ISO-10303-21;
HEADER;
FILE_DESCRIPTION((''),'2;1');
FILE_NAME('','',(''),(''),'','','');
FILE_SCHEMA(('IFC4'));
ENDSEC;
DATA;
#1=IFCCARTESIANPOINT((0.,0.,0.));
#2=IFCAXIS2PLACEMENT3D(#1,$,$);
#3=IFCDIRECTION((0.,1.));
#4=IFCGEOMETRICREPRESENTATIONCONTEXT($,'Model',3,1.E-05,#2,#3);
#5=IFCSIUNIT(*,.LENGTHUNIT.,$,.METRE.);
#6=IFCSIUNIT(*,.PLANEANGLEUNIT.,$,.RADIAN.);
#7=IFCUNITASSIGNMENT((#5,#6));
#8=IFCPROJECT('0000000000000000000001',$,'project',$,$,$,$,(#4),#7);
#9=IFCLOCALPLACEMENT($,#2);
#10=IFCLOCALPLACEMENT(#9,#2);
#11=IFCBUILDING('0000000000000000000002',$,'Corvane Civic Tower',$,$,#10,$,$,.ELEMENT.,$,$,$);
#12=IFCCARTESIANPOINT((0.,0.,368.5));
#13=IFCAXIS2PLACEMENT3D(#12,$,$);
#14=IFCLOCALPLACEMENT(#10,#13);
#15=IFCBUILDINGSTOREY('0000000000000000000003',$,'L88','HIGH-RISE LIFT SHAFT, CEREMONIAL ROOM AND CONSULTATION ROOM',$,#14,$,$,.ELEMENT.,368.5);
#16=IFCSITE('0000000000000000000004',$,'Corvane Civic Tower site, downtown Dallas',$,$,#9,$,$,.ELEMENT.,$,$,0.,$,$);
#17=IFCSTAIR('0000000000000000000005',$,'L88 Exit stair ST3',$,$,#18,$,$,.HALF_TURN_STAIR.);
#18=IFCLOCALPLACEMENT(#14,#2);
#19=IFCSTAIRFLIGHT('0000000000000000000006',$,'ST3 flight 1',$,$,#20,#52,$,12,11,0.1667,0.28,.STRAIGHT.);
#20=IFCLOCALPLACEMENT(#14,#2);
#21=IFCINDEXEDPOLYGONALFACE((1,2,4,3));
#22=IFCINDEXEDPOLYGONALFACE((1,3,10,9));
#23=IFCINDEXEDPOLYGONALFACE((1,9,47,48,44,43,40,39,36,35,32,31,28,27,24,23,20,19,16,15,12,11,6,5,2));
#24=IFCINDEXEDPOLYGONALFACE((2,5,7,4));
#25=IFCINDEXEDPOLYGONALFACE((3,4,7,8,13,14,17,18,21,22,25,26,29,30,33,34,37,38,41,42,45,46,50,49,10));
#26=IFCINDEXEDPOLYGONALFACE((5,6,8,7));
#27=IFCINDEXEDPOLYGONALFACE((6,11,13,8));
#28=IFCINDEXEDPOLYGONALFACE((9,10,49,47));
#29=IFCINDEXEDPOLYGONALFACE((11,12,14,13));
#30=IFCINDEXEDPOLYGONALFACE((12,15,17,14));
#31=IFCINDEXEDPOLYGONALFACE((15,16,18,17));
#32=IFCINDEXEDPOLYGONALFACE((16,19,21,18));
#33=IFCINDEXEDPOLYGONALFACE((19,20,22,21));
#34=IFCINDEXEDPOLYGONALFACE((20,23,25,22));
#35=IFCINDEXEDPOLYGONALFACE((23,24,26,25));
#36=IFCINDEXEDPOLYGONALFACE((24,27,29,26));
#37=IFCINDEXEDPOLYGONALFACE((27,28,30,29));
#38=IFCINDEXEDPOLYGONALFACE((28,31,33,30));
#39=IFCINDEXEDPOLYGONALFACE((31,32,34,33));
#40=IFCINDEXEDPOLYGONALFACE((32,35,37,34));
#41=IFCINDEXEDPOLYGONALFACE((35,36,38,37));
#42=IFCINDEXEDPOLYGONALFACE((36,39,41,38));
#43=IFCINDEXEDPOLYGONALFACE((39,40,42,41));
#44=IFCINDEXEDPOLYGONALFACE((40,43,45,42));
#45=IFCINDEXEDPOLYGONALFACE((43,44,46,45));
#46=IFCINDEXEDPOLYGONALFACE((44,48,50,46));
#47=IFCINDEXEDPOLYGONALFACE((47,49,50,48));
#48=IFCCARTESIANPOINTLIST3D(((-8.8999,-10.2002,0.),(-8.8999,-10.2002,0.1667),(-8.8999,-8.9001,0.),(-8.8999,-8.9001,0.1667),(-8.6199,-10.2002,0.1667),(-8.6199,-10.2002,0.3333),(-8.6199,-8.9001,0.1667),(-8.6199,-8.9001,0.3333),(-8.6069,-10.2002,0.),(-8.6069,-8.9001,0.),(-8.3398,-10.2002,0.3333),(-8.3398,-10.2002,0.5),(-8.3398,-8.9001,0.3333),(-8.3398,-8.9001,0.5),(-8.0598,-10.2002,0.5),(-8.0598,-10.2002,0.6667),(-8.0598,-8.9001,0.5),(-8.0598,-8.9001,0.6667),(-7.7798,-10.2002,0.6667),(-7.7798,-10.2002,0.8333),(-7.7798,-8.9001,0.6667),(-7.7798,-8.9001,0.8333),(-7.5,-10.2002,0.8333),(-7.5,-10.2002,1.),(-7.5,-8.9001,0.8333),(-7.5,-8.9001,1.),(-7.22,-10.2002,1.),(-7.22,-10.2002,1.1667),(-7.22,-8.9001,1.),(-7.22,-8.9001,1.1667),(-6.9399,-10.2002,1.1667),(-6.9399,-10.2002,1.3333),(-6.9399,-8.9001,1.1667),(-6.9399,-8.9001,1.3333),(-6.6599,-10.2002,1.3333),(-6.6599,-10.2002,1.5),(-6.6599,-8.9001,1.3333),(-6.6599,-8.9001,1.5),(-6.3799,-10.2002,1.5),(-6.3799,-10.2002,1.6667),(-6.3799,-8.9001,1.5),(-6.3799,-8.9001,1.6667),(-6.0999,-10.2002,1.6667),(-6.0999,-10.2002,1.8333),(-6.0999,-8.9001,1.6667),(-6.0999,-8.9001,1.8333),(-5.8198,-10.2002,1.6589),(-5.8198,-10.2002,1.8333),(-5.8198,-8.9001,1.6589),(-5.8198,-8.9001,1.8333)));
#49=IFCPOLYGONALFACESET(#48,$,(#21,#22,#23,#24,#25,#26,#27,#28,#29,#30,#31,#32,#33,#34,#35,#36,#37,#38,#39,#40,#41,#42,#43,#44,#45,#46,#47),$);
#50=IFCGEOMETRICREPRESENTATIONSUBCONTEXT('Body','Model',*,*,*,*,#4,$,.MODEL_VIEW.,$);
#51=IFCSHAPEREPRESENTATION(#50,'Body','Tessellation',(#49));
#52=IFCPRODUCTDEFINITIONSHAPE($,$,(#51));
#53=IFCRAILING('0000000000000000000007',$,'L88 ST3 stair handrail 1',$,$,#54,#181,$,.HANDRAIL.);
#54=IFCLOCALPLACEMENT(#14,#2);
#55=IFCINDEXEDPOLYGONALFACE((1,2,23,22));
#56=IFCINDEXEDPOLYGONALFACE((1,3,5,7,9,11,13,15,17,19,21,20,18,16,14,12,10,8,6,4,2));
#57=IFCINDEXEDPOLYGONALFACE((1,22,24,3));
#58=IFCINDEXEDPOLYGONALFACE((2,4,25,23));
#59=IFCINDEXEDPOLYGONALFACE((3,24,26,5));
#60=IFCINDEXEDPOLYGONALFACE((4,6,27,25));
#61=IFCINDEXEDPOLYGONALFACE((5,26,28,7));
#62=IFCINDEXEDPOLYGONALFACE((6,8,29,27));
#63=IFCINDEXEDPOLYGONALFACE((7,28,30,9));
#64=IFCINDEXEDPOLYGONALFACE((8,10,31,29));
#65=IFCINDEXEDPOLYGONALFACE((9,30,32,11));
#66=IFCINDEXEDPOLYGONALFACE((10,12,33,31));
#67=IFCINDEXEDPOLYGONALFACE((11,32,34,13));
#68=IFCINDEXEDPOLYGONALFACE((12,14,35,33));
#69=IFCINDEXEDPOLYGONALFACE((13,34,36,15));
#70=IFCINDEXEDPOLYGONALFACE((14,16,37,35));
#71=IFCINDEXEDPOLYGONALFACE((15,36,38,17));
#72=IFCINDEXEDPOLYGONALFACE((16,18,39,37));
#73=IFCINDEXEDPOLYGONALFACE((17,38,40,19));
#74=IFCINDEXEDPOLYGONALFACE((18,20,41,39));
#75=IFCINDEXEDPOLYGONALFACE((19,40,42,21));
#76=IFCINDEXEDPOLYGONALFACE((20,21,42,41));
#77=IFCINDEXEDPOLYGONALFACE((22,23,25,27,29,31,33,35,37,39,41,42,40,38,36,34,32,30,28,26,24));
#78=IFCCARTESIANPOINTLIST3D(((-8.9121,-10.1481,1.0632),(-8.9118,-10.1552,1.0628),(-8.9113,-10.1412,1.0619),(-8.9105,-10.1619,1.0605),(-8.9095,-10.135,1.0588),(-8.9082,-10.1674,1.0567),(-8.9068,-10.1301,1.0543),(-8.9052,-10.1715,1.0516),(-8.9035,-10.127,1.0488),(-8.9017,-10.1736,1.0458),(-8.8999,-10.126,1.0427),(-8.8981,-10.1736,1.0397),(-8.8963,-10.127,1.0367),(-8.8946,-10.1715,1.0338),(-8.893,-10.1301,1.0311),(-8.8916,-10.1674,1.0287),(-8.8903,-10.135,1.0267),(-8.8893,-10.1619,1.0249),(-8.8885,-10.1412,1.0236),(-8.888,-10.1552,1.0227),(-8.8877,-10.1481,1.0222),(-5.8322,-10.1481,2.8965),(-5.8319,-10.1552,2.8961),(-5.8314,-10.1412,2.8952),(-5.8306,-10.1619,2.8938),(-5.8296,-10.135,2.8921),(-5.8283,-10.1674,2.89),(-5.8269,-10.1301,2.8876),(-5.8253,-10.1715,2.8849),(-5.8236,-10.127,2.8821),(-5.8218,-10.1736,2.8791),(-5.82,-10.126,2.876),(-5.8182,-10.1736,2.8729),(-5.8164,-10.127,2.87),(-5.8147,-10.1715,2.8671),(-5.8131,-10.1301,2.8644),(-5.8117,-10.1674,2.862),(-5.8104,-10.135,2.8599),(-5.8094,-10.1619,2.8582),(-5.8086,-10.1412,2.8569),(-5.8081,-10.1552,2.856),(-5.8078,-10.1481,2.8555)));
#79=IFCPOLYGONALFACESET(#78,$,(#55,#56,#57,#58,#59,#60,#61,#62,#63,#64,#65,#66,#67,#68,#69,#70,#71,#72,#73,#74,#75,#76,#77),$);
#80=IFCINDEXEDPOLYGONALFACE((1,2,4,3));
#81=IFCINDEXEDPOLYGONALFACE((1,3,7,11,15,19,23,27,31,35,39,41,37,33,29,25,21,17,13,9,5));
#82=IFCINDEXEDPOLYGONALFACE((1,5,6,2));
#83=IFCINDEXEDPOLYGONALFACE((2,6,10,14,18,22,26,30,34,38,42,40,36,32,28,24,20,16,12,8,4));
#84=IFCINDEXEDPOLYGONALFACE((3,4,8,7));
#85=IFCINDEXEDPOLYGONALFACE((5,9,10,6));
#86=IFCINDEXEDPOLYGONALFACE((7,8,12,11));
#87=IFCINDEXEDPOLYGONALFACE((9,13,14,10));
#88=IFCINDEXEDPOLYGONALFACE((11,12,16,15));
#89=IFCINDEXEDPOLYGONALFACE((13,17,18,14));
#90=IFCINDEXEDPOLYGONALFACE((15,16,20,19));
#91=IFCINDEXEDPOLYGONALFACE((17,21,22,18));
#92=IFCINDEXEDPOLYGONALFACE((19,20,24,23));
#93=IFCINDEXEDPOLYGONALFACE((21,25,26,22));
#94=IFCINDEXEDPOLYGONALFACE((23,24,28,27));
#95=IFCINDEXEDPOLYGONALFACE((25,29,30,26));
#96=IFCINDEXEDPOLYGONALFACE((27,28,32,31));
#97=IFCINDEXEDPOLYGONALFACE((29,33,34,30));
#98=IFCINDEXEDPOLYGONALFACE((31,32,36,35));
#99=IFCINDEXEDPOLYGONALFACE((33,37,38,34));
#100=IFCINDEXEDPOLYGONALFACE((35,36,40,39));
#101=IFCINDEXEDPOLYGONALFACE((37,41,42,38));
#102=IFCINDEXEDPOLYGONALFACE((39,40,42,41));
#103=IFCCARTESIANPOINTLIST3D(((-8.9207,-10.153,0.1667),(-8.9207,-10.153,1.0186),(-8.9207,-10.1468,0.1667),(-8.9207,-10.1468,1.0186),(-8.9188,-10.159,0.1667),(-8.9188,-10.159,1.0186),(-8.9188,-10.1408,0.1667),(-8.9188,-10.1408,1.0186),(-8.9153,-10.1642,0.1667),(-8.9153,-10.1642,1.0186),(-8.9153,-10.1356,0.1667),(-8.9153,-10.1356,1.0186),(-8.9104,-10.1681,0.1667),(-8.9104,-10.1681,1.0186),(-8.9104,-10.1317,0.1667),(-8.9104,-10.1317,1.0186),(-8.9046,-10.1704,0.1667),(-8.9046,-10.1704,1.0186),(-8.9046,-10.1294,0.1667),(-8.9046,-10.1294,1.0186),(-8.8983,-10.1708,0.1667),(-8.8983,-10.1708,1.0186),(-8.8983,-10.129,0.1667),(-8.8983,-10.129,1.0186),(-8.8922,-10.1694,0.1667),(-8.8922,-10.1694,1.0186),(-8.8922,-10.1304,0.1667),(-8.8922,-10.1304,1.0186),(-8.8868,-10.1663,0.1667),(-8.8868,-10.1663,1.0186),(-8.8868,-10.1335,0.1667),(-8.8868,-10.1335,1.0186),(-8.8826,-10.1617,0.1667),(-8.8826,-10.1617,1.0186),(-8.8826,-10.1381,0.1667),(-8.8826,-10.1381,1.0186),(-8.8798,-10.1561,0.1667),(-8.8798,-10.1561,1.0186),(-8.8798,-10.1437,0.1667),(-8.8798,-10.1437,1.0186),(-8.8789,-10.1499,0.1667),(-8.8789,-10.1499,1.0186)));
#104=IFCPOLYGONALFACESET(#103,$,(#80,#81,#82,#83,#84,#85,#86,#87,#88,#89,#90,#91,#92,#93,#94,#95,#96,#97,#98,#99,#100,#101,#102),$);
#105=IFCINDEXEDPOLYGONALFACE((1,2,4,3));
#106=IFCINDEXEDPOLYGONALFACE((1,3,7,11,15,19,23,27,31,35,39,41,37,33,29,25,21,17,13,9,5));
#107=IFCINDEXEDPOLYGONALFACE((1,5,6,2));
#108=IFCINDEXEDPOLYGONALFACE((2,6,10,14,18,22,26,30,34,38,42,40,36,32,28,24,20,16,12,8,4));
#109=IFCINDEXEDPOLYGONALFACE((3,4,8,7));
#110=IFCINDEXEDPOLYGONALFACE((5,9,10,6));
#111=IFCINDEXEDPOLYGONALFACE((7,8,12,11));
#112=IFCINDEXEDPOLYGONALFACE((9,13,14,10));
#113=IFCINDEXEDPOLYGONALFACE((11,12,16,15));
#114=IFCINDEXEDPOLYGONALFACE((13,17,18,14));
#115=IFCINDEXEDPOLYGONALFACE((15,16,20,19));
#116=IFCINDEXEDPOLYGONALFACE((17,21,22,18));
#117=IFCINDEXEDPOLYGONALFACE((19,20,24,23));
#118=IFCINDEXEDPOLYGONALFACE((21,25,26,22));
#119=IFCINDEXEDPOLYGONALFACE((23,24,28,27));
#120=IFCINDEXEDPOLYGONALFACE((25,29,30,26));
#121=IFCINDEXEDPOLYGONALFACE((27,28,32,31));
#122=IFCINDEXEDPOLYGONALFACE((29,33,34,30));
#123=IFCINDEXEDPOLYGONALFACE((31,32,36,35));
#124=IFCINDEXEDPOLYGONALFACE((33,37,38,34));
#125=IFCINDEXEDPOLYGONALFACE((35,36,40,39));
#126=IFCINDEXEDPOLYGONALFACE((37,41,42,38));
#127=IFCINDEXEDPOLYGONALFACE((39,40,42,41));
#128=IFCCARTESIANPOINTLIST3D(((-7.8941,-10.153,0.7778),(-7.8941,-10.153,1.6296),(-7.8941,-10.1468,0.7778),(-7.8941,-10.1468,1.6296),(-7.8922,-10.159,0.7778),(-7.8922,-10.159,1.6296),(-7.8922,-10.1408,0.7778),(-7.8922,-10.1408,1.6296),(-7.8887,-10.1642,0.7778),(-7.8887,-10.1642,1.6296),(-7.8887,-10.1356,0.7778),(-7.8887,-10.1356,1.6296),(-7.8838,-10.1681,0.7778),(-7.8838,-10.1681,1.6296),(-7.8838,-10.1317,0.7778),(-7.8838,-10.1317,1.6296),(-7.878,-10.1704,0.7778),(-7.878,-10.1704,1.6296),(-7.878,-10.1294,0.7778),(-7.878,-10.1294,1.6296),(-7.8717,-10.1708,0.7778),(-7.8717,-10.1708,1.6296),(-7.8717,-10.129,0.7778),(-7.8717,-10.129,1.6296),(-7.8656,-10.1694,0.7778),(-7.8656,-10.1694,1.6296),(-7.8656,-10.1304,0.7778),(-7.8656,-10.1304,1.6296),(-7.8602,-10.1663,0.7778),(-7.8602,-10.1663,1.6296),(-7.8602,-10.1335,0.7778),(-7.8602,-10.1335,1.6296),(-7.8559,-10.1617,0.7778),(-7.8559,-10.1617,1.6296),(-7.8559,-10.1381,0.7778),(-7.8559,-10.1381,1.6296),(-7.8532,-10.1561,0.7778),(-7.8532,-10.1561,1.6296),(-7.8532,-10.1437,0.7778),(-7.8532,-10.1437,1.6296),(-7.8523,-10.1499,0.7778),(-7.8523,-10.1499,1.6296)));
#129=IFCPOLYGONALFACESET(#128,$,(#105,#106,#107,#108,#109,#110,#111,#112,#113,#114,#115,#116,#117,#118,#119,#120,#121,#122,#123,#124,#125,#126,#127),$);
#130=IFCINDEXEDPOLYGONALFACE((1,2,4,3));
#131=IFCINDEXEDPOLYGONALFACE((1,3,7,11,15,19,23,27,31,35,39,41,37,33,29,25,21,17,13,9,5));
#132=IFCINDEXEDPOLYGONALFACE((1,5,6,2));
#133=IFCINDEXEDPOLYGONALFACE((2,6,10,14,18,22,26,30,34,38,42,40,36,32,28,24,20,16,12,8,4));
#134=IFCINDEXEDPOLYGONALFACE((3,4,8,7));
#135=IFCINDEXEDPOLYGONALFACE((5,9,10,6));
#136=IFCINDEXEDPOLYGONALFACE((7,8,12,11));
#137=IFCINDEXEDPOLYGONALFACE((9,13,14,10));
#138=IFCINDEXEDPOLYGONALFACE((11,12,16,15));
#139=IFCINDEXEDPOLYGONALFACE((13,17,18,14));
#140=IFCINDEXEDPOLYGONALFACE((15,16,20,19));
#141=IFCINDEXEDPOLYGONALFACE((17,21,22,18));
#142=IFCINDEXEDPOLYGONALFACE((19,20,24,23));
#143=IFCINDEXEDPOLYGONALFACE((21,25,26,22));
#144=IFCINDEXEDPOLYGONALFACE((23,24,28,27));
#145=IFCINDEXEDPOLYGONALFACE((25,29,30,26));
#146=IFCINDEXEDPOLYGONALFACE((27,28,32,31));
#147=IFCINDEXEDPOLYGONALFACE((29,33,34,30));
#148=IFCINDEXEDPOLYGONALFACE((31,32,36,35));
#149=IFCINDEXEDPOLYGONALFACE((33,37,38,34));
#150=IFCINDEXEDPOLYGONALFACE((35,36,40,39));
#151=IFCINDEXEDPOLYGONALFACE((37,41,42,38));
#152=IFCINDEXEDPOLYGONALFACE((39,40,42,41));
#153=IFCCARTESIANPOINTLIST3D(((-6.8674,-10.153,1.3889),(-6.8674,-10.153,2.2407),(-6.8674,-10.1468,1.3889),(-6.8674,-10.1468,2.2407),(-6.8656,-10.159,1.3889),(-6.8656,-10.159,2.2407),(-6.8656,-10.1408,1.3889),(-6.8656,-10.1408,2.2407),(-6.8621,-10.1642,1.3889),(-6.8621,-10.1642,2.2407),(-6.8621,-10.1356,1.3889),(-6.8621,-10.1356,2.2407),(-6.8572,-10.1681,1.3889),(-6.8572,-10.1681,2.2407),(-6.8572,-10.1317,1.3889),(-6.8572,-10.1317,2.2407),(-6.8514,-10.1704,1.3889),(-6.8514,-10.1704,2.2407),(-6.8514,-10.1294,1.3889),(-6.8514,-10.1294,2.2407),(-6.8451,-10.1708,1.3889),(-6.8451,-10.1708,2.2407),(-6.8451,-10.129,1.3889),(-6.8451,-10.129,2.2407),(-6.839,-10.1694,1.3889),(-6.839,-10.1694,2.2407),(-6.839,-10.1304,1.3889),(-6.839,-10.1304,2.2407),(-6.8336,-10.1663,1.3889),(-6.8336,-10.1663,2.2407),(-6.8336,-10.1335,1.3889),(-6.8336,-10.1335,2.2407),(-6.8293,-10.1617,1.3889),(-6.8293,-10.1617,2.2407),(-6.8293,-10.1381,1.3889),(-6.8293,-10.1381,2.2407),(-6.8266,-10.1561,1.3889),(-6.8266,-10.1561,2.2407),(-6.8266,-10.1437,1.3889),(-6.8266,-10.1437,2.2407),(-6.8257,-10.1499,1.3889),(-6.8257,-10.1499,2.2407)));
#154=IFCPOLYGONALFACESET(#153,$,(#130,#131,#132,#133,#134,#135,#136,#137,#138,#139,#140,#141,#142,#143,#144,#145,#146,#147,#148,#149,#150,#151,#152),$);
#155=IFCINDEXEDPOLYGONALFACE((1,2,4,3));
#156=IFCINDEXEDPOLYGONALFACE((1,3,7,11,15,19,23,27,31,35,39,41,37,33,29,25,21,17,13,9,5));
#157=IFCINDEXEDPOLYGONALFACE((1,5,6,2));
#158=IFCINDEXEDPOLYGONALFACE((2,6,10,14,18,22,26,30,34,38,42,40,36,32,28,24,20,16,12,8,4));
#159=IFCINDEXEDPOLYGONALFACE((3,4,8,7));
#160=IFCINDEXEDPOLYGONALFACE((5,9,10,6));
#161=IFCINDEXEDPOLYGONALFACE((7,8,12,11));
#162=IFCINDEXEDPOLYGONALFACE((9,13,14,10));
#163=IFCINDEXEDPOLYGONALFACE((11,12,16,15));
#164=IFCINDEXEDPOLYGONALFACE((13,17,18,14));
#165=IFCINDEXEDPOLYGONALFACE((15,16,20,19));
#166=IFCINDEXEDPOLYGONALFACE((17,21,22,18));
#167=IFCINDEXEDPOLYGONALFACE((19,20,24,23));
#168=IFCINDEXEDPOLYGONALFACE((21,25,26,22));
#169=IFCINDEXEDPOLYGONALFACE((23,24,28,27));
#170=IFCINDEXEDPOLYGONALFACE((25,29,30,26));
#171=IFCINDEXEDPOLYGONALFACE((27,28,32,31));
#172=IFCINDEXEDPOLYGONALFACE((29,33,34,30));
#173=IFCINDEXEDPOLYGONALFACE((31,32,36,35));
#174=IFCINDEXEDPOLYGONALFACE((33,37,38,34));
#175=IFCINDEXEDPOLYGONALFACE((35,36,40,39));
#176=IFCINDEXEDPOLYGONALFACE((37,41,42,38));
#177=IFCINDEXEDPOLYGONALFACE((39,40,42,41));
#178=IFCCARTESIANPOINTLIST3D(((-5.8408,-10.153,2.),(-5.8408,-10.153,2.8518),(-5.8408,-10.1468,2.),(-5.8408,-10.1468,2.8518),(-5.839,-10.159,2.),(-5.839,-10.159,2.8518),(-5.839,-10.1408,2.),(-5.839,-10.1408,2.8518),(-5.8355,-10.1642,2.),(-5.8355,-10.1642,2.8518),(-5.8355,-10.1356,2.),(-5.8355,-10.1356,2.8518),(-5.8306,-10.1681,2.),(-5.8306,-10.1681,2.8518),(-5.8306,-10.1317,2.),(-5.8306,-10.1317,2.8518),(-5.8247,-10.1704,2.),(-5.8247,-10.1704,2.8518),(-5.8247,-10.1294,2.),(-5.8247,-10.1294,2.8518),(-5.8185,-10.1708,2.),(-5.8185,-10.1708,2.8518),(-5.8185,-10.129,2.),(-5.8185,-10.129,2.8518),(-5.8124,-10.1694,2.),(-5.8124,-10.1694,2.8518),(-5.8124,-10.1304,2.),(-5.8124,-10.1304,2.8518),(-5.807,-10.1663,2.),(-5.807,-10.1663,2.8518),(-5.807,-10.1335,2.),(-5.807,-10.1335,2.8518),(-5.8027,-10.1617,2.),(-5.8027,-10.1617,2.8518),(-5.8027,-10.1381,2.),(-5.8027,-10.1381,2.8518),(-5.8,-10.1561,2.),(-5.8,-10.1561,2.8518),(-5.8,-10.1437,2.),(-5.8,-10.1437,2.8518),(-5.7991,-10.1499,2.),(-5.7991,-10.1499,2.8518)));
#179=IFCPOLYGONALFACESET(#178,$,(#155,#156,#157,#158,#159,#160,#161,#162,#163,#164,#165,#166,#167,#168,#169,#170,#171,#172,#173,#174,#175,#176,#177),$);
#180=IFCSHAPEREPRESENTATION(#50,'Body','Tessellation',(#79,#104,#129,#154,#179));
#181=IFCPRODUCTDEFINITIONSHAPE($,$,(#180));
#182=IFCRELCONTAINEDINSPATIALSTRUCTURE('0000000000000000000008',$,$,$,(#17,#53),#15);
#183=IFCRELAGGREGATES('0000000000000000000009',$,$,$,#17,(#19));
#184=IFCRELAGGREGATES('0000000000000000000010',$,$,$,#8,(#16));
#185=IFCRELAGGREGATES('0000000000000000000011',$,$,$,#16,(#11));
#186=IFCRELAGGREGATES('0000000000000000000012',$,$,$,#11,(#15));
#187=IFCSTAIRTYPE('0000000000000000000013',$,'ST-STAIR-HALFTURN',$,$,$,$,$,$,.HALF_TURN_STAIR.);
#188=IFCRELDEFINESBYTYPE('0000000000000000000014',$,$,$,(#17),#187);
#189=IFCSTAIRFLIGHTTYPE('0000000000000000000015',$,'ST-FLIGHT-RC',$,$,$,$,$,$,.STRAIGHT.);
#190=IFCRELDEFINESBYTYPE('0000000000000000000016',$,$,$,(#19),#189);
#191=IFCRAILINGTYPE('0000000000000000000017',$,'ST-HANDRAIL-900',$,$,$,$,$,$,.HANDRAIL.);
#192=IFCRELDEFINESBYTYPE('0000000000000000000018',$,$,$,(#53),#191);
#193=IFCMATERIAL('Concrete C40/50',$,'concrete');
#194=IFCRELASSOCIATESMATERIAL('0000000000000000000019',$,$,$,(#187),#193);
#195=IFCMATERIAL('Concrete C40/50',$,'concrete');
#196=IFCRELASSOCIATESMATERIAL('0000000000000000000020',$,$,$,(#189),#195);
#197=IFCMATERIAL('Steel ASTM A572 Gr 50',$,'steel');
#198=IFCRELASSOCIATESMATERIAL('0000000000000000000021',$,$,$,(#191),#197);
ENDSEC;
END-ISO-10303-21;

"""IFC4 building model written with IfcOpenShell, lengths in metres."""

from ifc_helpers import new_model, si_unit, direction, frame, origin, origin_2d, place, context, subcontext, project, spatial, polyline, circle, outline, extrude, material, type_object, element, aggregate, save


model = new_model("IFC4")

# Units and contexts
model_context = context("Model", 3, precision=1e-05, world=origin(), true_north=direction((0.0, 1.0)))
body_context = subcontext(model_context, "Body", "Model", "MODEL_VIEW")
ifc_project = project(units=[si_unit("LENGTHUNIT", "METRE"), si_unit("PLANEANGLEUNIT", "RADIAN")], contexts=[model_context])

# Site, building, storey
site_placement = place(None, origin())
site = spatial("IfcSite", under=ifc_project, at=site_placement, Name="Corvane Civic Tower site, downtown Dallas", CompositionType="ELEMENT", RefElevation=0.0)
building_placement = place(site_placement, origin())
building = spatial("IfcBuilding", under=site, at=building_placement, Name="Corvane Civic Tower", CompositionType="ELEMENT")
storey_placement = place(building_placement, frame((0.0, 0.0, 368.5)))
storey = spatial("IfcBuildingStorey", under=building, at=storey_placement, Name="L88", Description="HIGH-RISE LIFT SHAFT, CEREMONIAL ROOM AND CONSULTATION ROOM", CompositionType="ELEMENT", Elevation=368.5)

# Stair, stair flight
ifc_material_1 = material(Name="Concrete C40/50", Category="concrete")
stair_type = type_object("IfcStairType", Name="ST-STAIR-HALFTURN", PredefinedType="HALF_TURN_STAIR", material=ifc_material_1)
stair_placement = place(storey_placement, origin())
stair = element("IfcStair", 1, at=stair_placement, inside=storey, type_object=stair_type, Name="L88 Exit stair ST3", PredefinedType="HALF_TURN_STAIR")
ifc_material_2 = material(Name="Concrete C40/50", Category="concrete")
stair_flight_type = type_object("IfcStairFlightType", Name="ST-FLIGHT-RC", PredefinedType="STRAIGHT", material=ifc_material_2)
stair_flight_placement = place(storey_placement, frame((-8.8999, -9.55, 0.0), z_axis=(0.0, 0.0, 1.0), x_axis=(1.0, 0.0, 0.0)))
stair_flight = element("IfcStairFlight", 2, at=stair_flight_placement, type_object=stair_flight_type, Name="ST3 flight 1", NumberOfRisers=12, NumberOfTreads=11, PredefinedType="STRAIGHT", RiserHeight=0.1667, TreadLength=0.28, context=body_context, shape_type="SweptSolid", body=[
    extrude(outline(polyline([(0.0, 0.0), (0.0, 0.1667), (0.28, 0.1667), (0.28, 0.3333), (0.5601, 0.3333), (0.5601, 0.5), (0.8401, 0.5), (0.8401, 0.6667), (1.1201, 0.6667), (1.1201, 0.8333), (1.3999, 0.8333), (1.3999, 1.0), (1.6799, 1.0), (1.6799, 1.1667), (1.96, 1.1667), (1.96, 1.3333), (2.24, 1.3333), (2.24, 1.5), (2.52, 1.5), (2.52, 1.6667), (2.8, 1.6667), (2.8, 1.8333), (3.0801, 1.8333), (3.0801, 2.0), (3.0801, 1.6589), (0.293, 0.0), (0.0, 0.0)])), frame((0.0, 0.6499, 0.0), z_axis=(0.0, -1.0, 0.0), x_axis=(1.0, 0.0, 0.0)), (0.0, 0.0, 1.0), 1.3),
])
aggregate(stair, [stair_flight])

# Railing
ifc_material_3 = material(Name="Steel ASTM A572 Gr 50", Category="steel")
railing_type_1 = type_object("IfcRailingType", Name="ST-HANDRAIL-900", PredefinedType="HANDRAIL", material=ifc_material_3)
railing_1_placement = place(storey_placement, frame((-8.8999, -10.1499, 0.1667)))
element("IfcRailing", 3, at=railing_1_placement, inside=storey, type_object=railing_type_1, Name="L88 ST3 stair handrail 1", PredefinedType="HANDRAIL", context=body_context, shape_type="SweptSolid", body=[
    extrude(circle(Radius=0.0239, at=origin_2d()), frame((0.0, 0.0, 0.876), z_axis=(0.859291, 0.0, 0.511487), x_axis=(0.0, 1.0, 0.0)), (0.0, 0.0, 1.0), 3.5842),
    extrude(circle(Radius=0.021, at=origin_2d()), origin(), (0.0, 0.0, 1.0), 0.8518),
    extrude(circle(Radius=0.021, at=origin_2d()), frame((1.0266, 0.0, 0.6111)), (0.0, 0.0, 1.0), 0.8518),
    extrude(circle(Radius=0.021, at=origin_2d()), frame((2.0532, 0.0, 1.2222)), (0.0, 0.0, 1.0), 0.8518),
    extrude(circle(Radius=0.021, at=origin_2d()), frame((3.0798, 0.0, 1.8333)), (0.0, 0.0, 1.0), 0.8518),
])

save(model, "model.ifc")
